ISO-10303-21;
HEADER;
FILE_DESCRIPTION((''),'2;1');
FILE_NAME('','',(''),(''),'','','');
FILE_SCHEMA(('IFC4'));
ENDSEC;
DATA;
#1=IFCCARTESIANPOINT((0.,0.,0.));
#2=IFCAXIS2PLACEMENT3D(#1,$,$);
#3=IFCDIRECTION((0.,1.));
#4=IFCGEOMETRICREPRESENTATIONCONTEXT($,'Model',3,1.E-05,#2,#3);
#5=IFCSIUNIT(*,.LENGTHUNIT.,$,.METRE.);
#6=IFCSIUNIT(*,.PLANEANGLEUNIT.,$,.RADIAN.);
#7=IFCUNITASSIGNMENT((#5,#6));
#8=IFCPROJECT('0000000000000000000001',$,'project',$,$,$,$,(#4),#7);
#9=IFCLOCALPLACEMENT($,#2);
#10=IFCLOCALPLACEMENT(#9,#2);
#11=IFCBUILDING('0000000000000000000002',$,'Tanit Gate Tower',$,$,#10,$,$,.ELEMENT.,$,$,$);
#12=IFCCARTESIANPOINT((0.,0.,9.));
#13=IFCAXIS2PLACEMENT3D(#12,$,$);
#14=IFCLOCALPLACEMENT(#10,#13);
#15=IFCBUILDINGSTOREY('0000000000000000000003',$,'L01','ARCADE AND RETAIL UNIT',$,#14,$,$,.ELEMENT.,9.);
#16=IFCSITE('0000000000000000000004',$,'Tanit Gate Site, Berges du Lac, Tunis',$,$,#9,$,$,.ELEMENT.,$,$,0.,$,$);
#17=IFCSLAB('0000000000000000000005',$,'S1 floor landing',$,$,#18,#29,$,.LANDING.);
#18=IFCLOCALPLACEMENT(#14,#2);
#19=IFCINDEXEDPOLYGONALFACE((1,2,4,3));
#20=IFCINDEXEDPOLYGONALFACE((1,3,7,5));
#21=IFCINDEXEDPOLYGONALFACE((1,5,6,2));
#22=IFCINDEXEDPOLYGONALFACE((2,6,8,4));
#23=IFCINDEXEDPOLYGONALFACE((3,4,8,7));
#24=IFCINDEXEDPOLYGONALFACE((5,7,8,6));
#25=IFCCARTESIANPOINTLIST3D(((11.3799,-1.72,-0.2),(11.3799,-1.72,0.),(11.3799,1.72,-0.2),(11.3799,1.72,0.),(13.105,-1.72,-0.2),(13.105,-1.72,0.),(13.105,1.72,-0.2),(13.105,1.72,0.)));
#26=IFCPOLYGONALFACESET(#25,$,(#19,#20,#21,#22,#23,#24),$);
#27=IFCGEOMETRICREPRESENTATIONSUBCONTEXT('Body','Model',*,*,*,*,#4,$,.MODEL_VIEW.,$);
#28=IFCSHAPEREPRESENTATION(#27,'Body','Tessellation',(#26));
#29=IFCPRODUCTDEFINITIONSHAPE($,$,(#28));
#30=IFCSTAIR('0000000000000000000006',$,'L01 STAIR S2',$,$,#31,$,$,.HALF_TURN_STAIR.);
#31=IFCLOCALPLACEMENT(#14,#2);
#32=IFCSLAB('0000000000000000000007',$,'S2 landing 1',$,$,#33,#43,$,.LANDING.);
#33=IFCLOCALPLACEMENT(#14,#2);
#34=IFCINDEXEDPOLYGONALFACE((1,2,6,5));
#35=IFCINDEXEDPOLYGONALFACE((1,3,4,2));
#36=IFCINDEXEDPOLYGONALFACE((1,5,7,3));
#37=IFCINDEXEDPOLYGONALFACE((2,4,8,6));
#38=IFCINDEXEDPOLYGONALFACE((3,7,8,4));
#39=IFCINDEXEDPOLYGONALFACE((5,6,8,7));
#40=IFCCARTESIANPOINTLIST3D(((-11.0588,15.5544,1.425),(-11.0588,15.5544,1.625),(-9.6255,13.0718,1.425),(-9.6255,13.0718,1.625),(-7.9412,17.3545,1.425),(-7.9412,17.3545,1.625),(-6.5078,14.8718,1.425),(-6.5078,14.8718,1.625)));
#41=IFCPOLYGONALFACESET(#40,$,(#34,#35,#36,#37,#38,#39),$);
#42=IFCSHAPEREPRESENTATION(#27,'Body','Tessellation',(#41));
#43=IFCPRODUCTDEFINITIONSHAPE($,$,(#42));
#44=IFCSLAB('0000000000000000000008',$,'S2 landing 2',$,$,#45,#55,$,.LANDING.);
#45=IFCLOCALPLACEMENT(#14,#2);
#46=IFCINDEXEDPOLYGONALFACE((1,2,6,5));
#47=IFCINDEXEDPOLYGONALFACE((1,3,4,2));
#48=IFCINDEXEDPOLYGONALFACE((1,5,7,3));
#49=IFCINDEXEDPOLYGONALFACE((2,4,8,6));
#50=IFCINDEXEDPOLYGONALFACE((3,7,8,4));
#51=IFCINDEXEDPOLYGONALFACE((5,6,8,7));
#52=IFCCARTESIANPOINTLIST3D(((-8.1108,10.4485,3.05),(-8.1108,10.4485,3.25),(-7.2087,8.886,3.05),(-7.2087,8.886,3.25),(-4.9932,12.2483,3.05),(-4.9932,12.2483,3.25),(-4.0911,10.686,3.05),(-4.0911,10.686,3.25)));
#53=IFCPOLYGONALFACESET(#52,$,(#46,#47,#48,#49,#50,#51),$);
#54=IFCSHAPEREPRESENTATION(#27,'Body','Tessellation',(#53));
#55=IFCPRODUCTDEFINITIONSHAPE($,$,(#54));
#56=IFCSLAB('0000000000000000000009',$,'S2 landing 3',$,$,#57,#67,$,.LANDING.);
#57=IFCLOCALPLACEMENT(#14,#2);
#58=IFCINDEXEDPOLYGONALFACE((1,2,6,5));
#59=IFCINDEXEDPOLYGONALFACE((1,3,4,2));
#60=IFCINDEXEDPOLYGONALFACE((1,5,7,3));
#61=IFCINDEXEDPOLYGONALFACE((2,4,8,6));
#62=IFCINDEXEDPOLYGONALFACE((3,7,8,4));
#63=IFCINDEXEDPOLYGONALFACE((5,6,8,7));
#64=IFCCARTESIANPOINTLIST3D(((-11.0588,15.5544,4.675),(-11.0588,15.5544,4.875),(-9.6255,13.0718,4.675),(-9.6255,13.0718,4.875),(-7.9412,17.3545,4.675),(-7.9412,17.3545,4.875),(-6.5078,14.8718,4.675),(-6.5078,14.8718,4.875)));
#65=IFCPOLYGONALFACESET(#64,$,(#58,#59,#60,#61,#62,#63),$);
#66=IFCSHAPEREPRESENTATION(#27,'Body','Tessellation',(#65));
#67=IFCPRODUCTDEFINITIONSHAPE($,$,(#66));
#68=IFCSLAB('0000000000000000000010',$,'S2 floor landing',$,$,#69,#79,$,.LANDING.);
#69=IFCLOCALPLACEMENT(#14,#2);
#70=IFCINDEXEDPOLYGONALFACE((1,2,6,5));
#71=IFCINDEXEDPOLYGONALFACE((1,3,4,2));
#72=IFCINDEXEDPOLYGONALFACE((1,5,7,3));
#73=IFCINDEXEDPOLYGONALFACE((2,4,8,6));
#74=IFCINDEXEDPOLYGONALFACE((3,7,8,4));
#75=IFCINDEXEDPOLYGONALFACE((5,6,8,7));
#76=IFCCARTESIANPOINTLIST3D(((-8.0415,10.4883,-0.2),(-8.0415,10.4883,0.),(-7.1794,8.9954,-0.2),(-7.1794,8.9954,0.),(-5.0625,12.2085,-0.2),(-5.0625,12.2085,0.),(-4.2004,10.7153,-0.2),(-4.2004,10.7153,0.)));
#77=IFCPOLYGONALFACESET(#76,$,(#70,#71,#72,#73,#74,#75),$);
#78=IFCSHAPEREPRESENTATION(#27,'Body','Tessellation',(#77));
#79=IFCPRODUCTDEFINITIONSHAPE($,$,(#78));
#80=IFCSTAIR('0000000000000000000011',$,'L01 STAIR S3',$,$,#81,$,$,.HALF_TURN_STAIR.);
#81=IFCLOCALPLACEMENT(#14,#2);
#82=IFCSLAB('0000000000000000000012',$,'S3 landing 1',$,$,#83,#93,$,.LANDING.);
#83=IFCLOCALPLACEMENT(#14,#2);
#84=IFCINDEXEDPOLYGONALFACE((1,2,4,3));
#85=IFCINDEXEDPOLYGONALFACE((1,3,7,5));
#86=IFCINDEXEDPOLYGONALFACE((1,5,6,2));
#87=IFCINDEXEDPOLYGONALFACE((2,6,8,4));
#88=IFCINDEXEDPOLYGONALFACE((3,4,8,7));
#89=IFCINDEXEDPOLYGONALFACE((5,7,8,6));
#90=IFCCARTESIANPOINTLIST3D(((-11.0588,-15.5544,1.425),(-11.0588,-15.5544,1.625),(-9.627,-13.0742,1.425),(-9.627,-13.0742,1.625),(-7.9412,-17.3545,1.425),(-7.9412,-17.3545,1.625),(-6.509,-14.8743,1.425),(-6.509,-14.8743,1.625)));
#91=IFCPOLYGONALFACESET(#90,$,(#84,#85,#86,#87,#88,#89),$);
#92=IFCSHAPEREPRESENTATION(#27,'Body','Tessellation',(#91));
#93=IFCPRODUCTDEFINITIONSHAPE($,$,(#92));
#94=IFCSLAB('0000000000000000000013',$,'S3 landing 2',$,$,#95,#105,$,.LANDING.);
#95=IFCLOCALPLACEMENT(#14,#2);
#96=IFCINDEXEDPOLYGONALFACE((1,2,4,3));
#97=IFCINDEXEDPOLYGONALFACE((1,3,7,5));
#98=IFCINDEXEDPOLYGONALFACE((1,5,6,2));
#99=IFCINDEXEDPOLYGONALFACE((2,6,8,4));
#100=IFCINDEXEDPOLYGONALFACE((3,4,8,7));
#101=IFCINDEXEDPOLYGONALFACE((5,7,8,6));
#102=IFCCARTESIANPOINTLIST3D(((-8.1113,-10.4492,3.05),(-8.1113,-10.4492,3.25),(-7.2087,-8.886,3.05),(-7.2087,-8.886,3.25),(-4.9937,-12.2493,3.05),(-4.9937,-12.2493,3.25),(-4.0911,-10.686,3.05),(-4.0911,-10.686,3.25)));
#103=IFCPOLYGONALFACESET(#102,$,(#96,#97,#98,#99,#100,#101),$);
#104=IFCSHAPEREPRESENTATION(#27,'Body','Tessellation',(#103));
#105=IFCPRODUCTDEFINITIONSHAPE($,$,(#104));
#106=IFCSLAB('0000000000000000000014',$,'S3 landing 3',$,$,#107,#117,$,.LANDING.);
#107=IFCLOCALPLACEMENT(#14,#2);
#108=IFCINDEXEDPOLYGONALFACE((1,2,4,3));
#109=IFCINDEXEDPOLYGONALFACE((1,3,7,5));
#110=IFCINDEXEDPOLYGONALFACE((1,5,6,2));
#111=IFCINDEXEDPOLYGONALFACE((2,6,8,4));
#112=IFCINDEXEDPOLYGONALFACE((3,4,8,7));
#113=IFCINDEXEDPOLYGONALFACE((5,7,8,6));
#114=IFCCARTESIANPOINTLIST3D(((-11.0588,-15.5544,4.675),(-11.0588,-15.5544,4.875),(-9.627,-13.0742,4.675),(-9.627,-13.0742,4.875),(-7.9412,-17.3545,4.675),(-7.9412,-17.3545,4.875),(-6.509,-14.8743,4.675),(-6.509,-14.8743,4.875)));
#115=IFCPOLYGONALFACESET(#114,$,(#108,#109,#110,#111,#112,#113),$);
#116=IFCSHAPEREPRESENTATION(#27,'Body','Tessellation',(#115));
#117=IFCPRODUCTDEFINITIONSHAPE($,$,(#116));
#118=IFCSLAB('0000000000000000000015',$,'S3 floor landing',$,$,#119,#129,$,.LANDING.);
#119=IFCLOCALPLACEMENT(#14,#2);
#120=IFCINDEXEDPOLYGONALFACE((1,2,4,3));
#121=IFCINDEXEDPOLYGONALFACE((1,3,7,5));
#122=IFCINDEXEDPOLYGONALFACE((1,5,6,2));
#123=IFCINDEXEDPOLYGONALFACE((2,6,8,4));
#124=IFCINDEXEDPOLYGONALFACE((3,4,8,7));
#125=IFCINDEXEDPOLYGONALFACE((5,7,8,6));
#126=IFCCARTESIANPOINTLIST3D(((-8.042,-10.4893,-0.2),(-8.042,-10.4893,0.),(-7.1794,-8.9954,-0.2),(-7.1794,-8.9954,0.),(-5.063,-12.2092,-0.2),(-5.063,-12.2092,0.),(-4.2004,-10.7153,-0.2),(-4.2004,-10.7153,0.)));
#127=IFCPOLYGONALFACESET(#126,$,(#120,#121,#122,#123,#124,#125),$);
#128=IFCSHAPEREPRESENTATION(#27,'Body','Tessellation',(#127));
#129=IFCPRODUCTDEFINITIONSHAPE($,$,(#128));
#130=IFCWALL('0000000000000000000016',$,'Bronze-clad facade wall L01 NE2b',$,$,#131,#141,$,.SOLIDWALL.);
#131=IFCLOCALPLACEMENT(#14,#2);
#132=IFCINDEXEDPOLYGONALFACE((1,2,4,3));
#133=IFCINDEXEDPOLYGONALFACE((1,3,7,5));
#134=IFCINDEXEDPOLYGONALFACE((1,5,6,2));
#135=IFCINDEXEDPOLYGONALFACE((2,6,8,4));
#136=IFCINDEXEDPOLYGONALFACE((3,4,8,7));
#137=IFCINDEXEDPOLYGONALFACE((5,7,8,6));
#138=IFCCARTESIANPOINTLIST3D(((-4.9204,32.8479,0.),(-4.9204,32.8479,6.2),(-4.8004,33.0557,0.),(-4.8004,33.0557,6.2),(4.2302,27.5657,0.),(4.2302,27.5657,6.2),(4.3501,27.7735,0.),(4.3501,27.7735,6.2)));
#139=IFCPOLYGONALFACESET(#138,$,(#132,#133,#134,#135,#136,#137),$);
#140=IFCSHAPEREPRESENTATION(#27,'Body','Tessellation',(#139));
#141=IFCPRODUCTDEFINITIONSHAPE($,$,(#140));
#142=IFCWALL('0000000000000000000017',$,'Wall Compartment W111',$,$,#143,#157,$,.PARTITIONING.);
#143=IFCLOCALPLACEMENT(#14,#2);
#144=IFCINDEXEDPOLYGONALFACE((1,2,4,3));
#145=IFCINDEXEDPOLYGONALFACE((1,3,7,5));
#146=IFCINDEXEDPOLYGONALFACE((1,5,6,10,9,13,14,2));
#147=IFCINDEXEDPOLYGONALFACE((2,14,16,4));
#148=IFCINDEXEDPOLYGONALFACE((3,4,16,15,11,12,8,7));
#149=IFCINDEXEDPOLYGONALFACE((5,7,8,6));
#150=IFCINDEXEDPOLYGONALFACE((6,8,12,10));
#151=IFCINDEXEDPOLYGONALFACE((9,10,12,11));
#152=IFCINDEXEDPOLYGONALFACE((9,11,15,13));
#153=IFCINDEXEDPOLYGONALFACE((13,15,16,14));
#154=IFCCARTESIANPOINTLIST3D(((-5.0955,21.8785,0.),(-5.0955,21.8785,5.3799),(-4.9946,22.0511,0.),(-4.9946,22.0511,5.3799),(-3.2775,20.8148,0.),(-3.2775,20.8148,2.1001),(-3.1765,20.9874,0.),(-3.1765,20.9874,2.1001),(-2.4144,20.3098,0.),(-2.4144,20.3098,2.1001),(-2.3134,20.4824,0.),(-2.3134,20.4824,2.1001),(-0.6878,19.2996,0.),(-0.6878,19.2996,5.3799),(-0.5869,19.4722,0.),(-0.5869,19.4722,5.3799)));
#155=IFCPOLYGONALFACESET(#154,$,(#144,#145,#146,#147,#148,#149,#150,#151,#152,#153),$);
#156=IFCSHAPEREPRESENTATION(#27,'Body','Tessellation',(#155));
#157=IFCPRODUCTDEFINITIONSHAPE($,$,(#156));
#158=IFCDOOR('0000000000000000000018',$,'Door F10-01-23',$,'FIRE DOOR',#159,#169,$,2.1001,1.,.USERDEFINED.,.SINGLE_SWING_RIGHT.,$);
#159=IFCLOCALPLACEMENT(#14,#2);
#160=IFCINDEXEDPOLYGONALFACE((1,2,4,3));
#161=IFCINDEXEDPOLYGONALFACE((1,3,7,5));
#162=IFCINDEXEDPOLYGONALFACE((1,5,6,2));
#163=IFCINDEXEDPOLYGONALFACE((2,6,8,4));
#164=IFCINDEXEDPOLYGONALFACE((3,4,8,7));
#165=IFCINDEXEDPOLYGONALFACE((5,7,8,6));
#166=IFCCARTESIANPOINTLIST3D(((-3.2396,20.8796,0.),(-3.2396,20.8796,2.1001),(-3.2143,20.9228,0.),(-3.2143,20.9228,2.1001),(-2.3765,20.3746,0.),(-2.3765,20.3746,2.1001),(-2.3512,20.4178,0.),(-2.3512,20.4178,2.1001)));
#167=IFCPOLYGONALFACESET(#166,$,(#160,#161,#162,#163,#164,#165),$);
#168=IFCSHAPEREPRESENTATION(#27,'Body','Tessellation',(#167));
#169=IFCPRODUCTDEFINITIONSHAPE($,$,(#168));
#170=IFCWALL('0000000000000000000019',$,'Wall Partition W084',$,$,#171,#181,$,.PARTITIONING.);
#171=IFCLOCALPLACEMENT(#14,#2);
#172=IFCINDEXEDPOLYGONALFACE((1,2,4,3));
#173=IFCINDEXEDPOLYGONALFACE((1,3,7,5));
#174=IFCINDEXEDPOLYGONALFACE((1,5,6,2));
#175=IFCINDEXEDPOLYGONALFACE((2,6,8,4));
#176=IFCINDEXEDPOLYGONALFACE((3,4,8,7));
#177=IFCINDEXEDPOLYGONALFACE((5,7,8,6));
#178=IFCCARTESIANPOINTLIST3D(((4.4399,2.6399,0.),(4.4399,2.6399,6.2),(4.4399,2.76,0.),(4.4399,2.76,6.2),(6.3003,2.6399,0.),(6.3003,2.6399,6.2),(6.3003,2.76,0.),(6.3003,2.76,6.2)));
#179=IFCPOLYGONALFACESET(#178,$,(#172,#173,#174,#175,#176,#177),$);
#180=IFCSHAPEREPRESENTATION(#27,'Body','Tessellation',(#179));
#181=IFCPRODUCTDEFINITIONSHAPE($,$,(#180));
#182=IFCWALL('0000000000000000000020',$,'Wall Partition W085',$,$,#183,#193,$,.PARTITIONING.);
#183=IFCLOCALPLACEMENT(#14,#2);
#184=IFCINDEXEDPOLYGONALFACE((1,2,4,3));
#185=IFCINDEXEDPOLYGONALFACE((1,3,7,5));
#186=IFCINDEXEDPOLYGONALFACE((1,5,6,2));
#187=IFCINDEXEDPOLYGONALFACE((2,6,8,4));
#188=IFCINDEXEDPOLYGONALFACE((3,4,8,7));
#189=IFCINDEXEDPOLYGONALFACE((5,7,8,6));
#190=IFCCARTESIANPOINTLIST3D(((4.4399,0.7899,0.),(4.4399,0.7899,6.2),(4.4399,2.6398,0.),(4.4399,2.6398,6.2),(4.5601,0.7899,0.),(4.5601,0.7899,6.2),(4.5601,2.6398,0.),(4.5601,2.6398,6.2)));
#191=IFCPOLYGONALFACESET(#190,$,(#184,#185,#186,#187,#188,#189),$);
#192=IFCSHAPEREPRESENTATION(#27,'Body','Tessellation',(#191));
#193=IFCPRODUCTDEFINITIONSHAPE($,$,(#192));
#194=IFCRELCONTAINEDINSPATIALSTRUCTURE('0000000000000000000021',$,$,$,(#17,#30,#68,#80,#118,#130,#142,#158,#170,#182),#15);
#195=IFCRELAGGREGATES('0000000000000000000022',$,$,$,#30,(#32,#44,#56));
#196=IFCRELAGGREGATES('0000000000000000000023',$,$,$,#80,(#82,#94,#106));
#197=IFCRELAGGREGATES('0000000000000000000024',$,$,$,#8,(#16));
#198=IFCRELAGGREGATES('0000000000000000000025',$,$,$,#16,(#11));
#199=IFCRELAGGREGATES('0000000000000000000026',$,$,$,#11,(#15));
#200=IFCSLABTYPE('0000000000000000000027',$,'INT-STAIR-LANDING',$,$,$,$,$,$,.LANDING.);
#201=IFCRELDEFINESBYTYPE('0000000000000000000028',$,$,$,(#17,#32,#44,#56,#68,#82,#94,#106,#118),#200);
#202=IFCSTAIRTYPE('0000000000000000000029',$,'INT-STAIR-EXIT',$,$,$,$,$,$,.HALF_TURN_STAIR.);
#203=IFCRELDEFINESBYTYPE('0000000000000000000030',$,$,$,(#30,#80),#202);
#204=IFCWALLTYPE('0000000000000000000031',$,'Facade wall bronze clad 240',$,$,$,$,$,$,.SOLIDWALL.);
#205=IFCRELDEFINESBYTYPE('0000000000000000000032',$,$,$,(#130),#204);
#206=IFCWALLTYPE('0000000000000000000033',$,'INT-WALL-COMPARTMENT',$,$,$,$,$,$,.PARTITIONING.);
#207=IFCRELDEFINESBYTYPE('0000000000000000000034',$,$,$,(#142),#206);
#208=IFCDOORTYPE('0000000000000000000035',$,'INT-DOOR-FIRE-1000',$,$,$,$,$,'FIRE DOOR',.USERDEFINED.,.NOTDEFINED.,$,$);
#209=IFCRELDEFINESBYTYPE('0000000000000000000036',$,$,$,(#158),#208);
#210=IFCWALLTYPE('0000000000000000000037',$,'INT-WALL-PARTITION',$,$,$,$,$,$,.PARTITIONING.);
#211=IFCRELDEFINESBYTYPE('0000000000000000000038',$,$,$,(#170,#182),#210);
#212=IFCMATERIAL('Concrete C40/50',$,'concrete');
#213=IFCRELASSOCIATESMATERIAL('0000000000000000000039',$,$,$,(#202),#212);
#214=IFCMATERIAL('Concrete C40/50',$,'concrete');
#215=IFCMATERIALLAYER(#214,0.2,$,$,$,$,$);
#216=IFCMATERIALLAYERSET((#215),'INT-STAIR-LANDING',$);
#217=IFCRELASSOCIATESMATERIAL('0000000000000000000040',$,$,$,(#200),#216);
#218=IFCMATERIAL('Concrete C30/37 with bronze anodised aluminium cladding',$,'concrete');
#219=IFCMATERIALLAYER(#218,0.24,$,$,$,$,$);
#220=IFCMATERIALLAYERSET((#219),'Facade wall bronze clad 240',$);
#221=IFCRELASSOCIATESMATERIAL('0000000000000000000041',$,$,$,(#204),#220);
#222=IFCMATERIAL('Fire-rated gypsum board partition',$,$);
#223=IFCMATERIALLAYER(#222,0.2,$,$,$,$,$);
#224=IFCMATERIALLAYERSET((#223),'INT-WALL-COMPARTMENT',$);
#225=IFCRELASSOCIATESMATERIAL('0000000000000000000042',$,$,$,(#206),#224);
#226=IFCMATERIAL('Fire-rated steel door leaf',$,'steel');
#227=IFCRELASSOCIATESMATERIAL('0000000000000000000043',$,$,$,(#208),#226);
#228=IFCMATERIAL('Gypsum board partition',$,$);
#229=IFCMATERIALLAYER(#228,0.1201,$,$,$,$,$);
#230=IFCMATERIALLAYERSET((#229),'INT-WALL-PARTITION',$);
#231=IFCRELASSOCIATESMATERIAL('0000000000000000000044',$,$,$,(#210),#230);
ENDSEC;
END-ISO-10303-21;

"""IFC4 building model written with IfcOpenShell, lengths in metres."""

from ifc_helpers import new_model, si_unit, direction, frame, frame_2d, origin, place, context, subcontext, project, spatial, polyline, rectangle, outline, extrude, material, layer, layer_set, type_object, element, fill, aggregate, save


model = new_model("IFC4")

# Units and contexts
model_context = context("Model", 3, precision=1e-05, world=origin(), true_north=direction((0.0, 1.0)))
body_context = subcontext(model_context, "Body", "Model", "MODEL_VIEW")
ifc_project = project(units=[si_unit("LENGTHUNIT", "METRE"), si_unit("PLANEANGLEUNIT", "RADIAN")], contexts=[model_context])

# Site, building, storey
site_placement = place(None, origin())
site = spatial("IfcSite", under=ifc_project, at=site_placement, Name="Tanit Gate Site, Berges du Lac, Tunis", CompositionType="ELEMENT", RefElevation=0.0)
building_placement = place(site_placement, origin())
building = spatial("IfcBuilding", under=site, at=building_placement, Name="Tanit Gate Tower", CompositionType="ELEMENT")
storey_placement = place(building_placement, frame((0.0, 0.0, 9.0)))
storey = spatial("IfcBuildingStorey", under=building, at=storey_placement, Name="L01", Description="ARCADE AND RETAIL UNIT", CompositionType="ELEMENT", Elevation=9.0)

# Shared definitions
ifc_material_1 = material(Name="Concrete C40/50", Category="concrete")
stair_type = type_object("IfcStairType", Name="INT-STAIR-EXIT", PredefinedType="HALF_TURN_STAIR", material=ifc_material_1)
ifc_material_2 = material(Name="Concrete C40/50", Category="concrete")
ifc_layer_1 = layer(ifc_material_2, 0.2)
ifc_layer_set_1 = layer_set([ifc_layer_1], Name="INT-STAIR-LANDING")
slab_type = type_object("IfcSlabType", Name="INT-STAIR-LANDING", PredefinedType="LANDING", material=ifc_layer_set_1)

# Slab
slab_1_placement = place(storey_placement, frame((0.0, 0.0, -0.2)))
element("IfcSlab", 1, at=slab_1_placement, inside=storey, type_object=slab_type, Name="S1 floor landing", PredefinedType="LANDING", context=body_context, shape_type="SweptSolid", body=[
    extrude(outline(polyline([(11.3799, -1.72), (13.105, -1.72), (13.105, 1.72), (11.3799, 1.72), (11.3799, -1.72)])), origin(), (0.0, 0.0, 1.0), 0.2),
])

# Stair, slabs
stair_1_placement = place(storey_placement, origin())
stair_1 = element("IfcStair", 2, at=stair_1_placement, inside=storey, type_object=stair_type, Name="L01 STAIR S2", PredefinedType="HALF_TURN_STAIR")
slab_2_placement = place(storey_placement, frame((0.0, 0.0, 1.425)))
slab_2 = element("IfcSlab", 3, at=slab_2_placement, type_object=slab_type, Name="S2 landing 1", PredefinedType="LANDING", context=body_context, shape_type="SweptSolid", body=[
    extrude(outline(polyline([(-6.5078, 14.8718), (-7.9412, 17.3545), (-11.0588, 15.5544), (-9.6255, 13.0718), (-6.5078, 14.8718)])), origin(), (0.0, 0.0, 1.0), 0.2),
])
slab_3_placement = place(storey_placement, frame((0.0, 0.0, 3.05)))
slab_3 = element("IfcSlab", 4, at=slab_3_placement, type_object=slab_type, Name="S2 landing 2", PredefinedType="LANDING", context=body_context, shape_type="SweptSolid", body=[
    extrude(outline(polyline([(-4.0911, 10.686), (-4.9932, 12.2483), (-8.1108, 10.4485), (-7.2087, 8.886), (-4.0911, 10.686)])), origin(), (0.0, 0.0, 1.0), 0.2),
])
slab_4_placement = place(storey_placement, frame((0.0, 0.0, 4.675)))
slab_4 = element("IfcSlab", 5, at=slab_4_placement, type_object=slab_type, Name="S2 landing 3", PredefinedType="LANDING", context=body_context, shape_type="SweptSolid", body=[
    extrude(outline(polyline([(-6.5078, 14.8718), (-7.9412, 17.3545), (-11.0588, 15.5544), (-9.6255, 13.0718), (-6.5078, 14.8718)])), origin(), (0.0, 0.0, 1.0), 0.2),
])
aggregate(stair_1, [slab_2, slab_3, slab_4])

# Slab
slab_5_placement = place(storey_placement, frame((0.0, 0.0, -0.2)))
element("IfcSlab", 6, at=slab_5_placement, inside=storey, type_object=slab_type, Name="S2 floor landing", PredefinedType="LANDING", context=body_context, shape_type="SweptSolid", body=[
    extrude(outline(polyline([(-4.2004, 10.7153), (-5.0625, 12.2085), (-8.0415, 10.4883), (-7.1794, 8.9954), (-4.2004, 10.7153)])), origin(), (0.0, 0.0, 1.0), 0.2),
])

# Stair, slabs
stair_2_placement = place(storey_placement, origin())
stair_2 = element("IfcStair", 7, at=stair_2_placement, inside=storey, type_object=stair_type, Name="L01 STAIR S3", PredefinedType="HALF_TURN_STAIR")
slab_6_placement = place(storey_placement, frame((0.0, 0.0, 1.425)))
slab_6 = element("IfcSlab", 8, at=slab_6_placement, type_object=slab_type, Name="S3 landing 1", PredefinedType="LANDING", context=body_context, shape_type="SweptSolid", body=[
    extrude(outline(polyline([(-9.627, -13.0742), (-11.0588, -15.5544), (-7.9412, -17.3545), (-6.509, -14.8743), (-9.627, -13.0742)])), origin(), (0.0, 0.0, 1.0), 0.2),
])
slab_7_placement = place(storey_placement, frame((0.0, 0.0, 3.05)))
slab_7 = element("IfcSlab", 9, at=slab_7_placement, type_object=slab_type, Name="S3 landing 2", PredefinedType="LANDING", context=body_context, shape_type="SweptSolid", body=[
    extrude(outline(polyline([(-7.2087, -8.886), (-8.1113, -10.4492), (-4.9937, -12.2493), (-4.0911, -10.686), (-7.2087, -8.886)])), origin(), (0.0, 0.0, 1.0), 0.2),
])
slab_8_placement = place(storey_placement, frame((0.0, 0.0, 4.675)))
slab_8 = element("IfcSlab", 10, at=slab_8_placement, type_object=slab_type, Name="S3 landing 3", PredefinedType="LANDING", context=body_context, shape_type="SweptSolid", body=[
    extrude(outline(polyline([(-9.627, -13.0742), (-11.0588, -15.5544), (-7.9412, -17.3545), (-6.509, -14.8743), (-9.627, -13.0742)])), origin(), (0.0, 0.0, 1.0), 0.2),
])
aggregate(stair_2, [slab_6, slab_7, slab_8])

# Slab
slab_9_placement = place(storey_placement, frame((0.0, 0.0, -0.2)))
element("IfcSlab", 11, at=slab_9_placement, inside=storey, type_object=slab_type, Name="S3 floor landing", PredefinedType="LANDING", context=body_context, shape_type="SweptSolid", body=[
    extrude(outline(polyline([(-7.1794, -8.9954), (-8.042, -10.4893), (-5.063, -12.2092), (-4.2004, -10.7153), (-7.1794, -8.9954)])), origin(), (0.0, 0.0, 1.0), 0.2),
])

# Wall
ifc_material_3 = material(Name="Concrete C30/37 with bronze anodised aluminium cladding", Category="concrete")
ifc_layer_2 = layer(ifc_material_3, 0.24)
ifc_layer_set_2 = layer_set([ifc_layer_2], Name="Facade wall bronze clad 240")
wall_type_1 = type_object("IfcWallType", Name="Facade wall bronze clad 240", PredefinedType="SOLIDWALL", material=ifc_layer_set_2)
wall_1_placement = place(storey_placement, frame((4.29, 27.6697, 0.0), z_axis=(0.0, 0.0, 1.0), x_axis=(-0.866062, 0.499936, 0.0)))
element("IfcWall", 12, at=wall_1_placement, inside=storey, type_object=wall_type_1, Name="Bronze-clad facade wall L01 NE2b", PredefinedType="SOLIDWALL", context=body_context, shape_type="SweptSolid", body=[
    extrude(rectangle(XDim=10.5657, YDim=0.24, at=frame_2d((5.2827, 0.0))), origin(), (0.0, 0.0, 1.0), 6.2),
])

# Wall, opening, door
ifc_material_4 = material(Name="Fire-rated gypsum board partition")
ifc_layer_3 = layer(ifc_material_4, 0.2)
ifc_layer_set_3 = layer_set([ifc_layer_3], Name="INT-WALL-COMPARTMENT")
wall_type_2 = type_object("IfcWallType", Name="INT-WALL-COMPARTMENT", PredefinedType="PARTITIONING", material=ifc_layer_set_3)
wall_2_placement = place(storey_placement, frame((-0.6375, 19.386, 0.0), z_axis=(0.0, 0.0, 1.0), x_axis=(-0.863123, 0.504994, 0.0)))
wall_2 = element("IfcWall", 13, at=wall_2_placement, inside=storey, type_object=wall_type_2, Name="Wall Compartment W111", PredefinedType="PARTITIONING", context=body_context, shape_type="SweptSolid", body=[
    extrude(rectangle(XDim=5.1067, YDim=0.2, at=frame_2d((2.5532, 0.0))), origin(), (0.0, 0.0, 1.0), 5.3799),
])
opening_1_placement = place(wall_2_placement, frame((2.0002, 0.0, 0.0)))
opening_1 = element("IfcOpeningElement", 14, at=opening_1_placement, cuts=wall_2, PredefinedType="OPENING", context=body_context, shape_type="SweptSolid", body=[
    extrude(rectangle(XDim=1.0, YDim=2.1001, at=frame_2d((0.5, 1.05))), frame((0.0, 0.1099, 0.0), z_axis=(0.0, -1.0, 0.0), x_axis=(1.0, 0.0, 0.0)), (0.0, 0.0, 1.0), 0.22),
])
ifc_material_5 = material(Name="Fire-rated steel door leaf", Category="steel")
door_type_1 = type_object("IfcDoorType", Name="INT-DOOR-FIRE-1000", ElementType="FIRE DOOR", OperationType="NOTDEFINED", PredefinedType="USERDEFINED", material=ifc_material_5)
door_1_placement = place(opening_1_placement, origin())
door_1 = element("IfcDoor", 15, at=door_1_placement, inside=storey, type_object=door_type_1, Name="Door F10-01-23", ObjectType="FIRE DOOR", OperationType="SINGLE_SWING_RIGHT", OverallHeight=2.1001, OverallWidth=1.0, PredefinedType="USERDEFINED", context=body_context, shape_type="SweptSolid", body=[
    extrude(rectangle(XDim=1.0, YDim=2.1001, at=frame_2d((0.5, 1.05))), frame((0.0, 0.0249, 0.0), z_axis=(0.0, -1.0, 0.0), x_axis=(1.0, 0.0, 0.0)), (0.0, 0.0, 1.0), 0.05),
])
fill(opening_1, door_1)

# Walls
ifc_material_6 = material(Name="Gypsum board partition")
ifc_layer_4 = layer(ifc_material_6, 0.1201)
ifc_layer_set_4 = layer_set([ifc_layer_4], Name="INT-WALL-PARTITION")
wall_type_3 = type_object("IfcWallType", Name="INT-WALL-PARTITION", PredefinedType="PARTITIONING", material=ifc_layer_set_4)
wall_3_placement = place(storey_placement, frame((4.4399, 2.7, 0.0), z_axis=(0.0, 0.0, 1.0), x_axis=(1.0, 0.0, 0.0)))
element("IfcWall", 16, at=wall_3_placement, inside=storey, type_object=wall_type_3, Name="Wall Partition W084", PredefinedType="PARTITIONING", context=body_context, shape_type="SweptSolid", body=[
    extrude(rectangle(XDim=1.8604, YDim=0.1201, at=frame_2d((0.9302, 0.0))), origin(), (0.0, 0.0, 1.0), 6.2),
])
wall_4_placement = place(storey_placement, frame((4.5, 0.79, 0.0), z_axis=(0.0, 0.0, 1.0), x_axis=(0.0, 1.0, 0.0)))
element("IfcWall", 17, at=wall_4_placement, inside=storey, type_object=wall_type_3, Name="Wall Partition W085", PredefinedType="PARTITIONING", context=body_context, shape_type="SweptSolid", body=[
    extrude(rectangle(XDim=1.8499, YDim=0.1201, at=frame_2d((0.9248, 0.0))), origin(), (0.0, 0.0, 1.0), 6.2),
])

save(model, "model.ifc")
